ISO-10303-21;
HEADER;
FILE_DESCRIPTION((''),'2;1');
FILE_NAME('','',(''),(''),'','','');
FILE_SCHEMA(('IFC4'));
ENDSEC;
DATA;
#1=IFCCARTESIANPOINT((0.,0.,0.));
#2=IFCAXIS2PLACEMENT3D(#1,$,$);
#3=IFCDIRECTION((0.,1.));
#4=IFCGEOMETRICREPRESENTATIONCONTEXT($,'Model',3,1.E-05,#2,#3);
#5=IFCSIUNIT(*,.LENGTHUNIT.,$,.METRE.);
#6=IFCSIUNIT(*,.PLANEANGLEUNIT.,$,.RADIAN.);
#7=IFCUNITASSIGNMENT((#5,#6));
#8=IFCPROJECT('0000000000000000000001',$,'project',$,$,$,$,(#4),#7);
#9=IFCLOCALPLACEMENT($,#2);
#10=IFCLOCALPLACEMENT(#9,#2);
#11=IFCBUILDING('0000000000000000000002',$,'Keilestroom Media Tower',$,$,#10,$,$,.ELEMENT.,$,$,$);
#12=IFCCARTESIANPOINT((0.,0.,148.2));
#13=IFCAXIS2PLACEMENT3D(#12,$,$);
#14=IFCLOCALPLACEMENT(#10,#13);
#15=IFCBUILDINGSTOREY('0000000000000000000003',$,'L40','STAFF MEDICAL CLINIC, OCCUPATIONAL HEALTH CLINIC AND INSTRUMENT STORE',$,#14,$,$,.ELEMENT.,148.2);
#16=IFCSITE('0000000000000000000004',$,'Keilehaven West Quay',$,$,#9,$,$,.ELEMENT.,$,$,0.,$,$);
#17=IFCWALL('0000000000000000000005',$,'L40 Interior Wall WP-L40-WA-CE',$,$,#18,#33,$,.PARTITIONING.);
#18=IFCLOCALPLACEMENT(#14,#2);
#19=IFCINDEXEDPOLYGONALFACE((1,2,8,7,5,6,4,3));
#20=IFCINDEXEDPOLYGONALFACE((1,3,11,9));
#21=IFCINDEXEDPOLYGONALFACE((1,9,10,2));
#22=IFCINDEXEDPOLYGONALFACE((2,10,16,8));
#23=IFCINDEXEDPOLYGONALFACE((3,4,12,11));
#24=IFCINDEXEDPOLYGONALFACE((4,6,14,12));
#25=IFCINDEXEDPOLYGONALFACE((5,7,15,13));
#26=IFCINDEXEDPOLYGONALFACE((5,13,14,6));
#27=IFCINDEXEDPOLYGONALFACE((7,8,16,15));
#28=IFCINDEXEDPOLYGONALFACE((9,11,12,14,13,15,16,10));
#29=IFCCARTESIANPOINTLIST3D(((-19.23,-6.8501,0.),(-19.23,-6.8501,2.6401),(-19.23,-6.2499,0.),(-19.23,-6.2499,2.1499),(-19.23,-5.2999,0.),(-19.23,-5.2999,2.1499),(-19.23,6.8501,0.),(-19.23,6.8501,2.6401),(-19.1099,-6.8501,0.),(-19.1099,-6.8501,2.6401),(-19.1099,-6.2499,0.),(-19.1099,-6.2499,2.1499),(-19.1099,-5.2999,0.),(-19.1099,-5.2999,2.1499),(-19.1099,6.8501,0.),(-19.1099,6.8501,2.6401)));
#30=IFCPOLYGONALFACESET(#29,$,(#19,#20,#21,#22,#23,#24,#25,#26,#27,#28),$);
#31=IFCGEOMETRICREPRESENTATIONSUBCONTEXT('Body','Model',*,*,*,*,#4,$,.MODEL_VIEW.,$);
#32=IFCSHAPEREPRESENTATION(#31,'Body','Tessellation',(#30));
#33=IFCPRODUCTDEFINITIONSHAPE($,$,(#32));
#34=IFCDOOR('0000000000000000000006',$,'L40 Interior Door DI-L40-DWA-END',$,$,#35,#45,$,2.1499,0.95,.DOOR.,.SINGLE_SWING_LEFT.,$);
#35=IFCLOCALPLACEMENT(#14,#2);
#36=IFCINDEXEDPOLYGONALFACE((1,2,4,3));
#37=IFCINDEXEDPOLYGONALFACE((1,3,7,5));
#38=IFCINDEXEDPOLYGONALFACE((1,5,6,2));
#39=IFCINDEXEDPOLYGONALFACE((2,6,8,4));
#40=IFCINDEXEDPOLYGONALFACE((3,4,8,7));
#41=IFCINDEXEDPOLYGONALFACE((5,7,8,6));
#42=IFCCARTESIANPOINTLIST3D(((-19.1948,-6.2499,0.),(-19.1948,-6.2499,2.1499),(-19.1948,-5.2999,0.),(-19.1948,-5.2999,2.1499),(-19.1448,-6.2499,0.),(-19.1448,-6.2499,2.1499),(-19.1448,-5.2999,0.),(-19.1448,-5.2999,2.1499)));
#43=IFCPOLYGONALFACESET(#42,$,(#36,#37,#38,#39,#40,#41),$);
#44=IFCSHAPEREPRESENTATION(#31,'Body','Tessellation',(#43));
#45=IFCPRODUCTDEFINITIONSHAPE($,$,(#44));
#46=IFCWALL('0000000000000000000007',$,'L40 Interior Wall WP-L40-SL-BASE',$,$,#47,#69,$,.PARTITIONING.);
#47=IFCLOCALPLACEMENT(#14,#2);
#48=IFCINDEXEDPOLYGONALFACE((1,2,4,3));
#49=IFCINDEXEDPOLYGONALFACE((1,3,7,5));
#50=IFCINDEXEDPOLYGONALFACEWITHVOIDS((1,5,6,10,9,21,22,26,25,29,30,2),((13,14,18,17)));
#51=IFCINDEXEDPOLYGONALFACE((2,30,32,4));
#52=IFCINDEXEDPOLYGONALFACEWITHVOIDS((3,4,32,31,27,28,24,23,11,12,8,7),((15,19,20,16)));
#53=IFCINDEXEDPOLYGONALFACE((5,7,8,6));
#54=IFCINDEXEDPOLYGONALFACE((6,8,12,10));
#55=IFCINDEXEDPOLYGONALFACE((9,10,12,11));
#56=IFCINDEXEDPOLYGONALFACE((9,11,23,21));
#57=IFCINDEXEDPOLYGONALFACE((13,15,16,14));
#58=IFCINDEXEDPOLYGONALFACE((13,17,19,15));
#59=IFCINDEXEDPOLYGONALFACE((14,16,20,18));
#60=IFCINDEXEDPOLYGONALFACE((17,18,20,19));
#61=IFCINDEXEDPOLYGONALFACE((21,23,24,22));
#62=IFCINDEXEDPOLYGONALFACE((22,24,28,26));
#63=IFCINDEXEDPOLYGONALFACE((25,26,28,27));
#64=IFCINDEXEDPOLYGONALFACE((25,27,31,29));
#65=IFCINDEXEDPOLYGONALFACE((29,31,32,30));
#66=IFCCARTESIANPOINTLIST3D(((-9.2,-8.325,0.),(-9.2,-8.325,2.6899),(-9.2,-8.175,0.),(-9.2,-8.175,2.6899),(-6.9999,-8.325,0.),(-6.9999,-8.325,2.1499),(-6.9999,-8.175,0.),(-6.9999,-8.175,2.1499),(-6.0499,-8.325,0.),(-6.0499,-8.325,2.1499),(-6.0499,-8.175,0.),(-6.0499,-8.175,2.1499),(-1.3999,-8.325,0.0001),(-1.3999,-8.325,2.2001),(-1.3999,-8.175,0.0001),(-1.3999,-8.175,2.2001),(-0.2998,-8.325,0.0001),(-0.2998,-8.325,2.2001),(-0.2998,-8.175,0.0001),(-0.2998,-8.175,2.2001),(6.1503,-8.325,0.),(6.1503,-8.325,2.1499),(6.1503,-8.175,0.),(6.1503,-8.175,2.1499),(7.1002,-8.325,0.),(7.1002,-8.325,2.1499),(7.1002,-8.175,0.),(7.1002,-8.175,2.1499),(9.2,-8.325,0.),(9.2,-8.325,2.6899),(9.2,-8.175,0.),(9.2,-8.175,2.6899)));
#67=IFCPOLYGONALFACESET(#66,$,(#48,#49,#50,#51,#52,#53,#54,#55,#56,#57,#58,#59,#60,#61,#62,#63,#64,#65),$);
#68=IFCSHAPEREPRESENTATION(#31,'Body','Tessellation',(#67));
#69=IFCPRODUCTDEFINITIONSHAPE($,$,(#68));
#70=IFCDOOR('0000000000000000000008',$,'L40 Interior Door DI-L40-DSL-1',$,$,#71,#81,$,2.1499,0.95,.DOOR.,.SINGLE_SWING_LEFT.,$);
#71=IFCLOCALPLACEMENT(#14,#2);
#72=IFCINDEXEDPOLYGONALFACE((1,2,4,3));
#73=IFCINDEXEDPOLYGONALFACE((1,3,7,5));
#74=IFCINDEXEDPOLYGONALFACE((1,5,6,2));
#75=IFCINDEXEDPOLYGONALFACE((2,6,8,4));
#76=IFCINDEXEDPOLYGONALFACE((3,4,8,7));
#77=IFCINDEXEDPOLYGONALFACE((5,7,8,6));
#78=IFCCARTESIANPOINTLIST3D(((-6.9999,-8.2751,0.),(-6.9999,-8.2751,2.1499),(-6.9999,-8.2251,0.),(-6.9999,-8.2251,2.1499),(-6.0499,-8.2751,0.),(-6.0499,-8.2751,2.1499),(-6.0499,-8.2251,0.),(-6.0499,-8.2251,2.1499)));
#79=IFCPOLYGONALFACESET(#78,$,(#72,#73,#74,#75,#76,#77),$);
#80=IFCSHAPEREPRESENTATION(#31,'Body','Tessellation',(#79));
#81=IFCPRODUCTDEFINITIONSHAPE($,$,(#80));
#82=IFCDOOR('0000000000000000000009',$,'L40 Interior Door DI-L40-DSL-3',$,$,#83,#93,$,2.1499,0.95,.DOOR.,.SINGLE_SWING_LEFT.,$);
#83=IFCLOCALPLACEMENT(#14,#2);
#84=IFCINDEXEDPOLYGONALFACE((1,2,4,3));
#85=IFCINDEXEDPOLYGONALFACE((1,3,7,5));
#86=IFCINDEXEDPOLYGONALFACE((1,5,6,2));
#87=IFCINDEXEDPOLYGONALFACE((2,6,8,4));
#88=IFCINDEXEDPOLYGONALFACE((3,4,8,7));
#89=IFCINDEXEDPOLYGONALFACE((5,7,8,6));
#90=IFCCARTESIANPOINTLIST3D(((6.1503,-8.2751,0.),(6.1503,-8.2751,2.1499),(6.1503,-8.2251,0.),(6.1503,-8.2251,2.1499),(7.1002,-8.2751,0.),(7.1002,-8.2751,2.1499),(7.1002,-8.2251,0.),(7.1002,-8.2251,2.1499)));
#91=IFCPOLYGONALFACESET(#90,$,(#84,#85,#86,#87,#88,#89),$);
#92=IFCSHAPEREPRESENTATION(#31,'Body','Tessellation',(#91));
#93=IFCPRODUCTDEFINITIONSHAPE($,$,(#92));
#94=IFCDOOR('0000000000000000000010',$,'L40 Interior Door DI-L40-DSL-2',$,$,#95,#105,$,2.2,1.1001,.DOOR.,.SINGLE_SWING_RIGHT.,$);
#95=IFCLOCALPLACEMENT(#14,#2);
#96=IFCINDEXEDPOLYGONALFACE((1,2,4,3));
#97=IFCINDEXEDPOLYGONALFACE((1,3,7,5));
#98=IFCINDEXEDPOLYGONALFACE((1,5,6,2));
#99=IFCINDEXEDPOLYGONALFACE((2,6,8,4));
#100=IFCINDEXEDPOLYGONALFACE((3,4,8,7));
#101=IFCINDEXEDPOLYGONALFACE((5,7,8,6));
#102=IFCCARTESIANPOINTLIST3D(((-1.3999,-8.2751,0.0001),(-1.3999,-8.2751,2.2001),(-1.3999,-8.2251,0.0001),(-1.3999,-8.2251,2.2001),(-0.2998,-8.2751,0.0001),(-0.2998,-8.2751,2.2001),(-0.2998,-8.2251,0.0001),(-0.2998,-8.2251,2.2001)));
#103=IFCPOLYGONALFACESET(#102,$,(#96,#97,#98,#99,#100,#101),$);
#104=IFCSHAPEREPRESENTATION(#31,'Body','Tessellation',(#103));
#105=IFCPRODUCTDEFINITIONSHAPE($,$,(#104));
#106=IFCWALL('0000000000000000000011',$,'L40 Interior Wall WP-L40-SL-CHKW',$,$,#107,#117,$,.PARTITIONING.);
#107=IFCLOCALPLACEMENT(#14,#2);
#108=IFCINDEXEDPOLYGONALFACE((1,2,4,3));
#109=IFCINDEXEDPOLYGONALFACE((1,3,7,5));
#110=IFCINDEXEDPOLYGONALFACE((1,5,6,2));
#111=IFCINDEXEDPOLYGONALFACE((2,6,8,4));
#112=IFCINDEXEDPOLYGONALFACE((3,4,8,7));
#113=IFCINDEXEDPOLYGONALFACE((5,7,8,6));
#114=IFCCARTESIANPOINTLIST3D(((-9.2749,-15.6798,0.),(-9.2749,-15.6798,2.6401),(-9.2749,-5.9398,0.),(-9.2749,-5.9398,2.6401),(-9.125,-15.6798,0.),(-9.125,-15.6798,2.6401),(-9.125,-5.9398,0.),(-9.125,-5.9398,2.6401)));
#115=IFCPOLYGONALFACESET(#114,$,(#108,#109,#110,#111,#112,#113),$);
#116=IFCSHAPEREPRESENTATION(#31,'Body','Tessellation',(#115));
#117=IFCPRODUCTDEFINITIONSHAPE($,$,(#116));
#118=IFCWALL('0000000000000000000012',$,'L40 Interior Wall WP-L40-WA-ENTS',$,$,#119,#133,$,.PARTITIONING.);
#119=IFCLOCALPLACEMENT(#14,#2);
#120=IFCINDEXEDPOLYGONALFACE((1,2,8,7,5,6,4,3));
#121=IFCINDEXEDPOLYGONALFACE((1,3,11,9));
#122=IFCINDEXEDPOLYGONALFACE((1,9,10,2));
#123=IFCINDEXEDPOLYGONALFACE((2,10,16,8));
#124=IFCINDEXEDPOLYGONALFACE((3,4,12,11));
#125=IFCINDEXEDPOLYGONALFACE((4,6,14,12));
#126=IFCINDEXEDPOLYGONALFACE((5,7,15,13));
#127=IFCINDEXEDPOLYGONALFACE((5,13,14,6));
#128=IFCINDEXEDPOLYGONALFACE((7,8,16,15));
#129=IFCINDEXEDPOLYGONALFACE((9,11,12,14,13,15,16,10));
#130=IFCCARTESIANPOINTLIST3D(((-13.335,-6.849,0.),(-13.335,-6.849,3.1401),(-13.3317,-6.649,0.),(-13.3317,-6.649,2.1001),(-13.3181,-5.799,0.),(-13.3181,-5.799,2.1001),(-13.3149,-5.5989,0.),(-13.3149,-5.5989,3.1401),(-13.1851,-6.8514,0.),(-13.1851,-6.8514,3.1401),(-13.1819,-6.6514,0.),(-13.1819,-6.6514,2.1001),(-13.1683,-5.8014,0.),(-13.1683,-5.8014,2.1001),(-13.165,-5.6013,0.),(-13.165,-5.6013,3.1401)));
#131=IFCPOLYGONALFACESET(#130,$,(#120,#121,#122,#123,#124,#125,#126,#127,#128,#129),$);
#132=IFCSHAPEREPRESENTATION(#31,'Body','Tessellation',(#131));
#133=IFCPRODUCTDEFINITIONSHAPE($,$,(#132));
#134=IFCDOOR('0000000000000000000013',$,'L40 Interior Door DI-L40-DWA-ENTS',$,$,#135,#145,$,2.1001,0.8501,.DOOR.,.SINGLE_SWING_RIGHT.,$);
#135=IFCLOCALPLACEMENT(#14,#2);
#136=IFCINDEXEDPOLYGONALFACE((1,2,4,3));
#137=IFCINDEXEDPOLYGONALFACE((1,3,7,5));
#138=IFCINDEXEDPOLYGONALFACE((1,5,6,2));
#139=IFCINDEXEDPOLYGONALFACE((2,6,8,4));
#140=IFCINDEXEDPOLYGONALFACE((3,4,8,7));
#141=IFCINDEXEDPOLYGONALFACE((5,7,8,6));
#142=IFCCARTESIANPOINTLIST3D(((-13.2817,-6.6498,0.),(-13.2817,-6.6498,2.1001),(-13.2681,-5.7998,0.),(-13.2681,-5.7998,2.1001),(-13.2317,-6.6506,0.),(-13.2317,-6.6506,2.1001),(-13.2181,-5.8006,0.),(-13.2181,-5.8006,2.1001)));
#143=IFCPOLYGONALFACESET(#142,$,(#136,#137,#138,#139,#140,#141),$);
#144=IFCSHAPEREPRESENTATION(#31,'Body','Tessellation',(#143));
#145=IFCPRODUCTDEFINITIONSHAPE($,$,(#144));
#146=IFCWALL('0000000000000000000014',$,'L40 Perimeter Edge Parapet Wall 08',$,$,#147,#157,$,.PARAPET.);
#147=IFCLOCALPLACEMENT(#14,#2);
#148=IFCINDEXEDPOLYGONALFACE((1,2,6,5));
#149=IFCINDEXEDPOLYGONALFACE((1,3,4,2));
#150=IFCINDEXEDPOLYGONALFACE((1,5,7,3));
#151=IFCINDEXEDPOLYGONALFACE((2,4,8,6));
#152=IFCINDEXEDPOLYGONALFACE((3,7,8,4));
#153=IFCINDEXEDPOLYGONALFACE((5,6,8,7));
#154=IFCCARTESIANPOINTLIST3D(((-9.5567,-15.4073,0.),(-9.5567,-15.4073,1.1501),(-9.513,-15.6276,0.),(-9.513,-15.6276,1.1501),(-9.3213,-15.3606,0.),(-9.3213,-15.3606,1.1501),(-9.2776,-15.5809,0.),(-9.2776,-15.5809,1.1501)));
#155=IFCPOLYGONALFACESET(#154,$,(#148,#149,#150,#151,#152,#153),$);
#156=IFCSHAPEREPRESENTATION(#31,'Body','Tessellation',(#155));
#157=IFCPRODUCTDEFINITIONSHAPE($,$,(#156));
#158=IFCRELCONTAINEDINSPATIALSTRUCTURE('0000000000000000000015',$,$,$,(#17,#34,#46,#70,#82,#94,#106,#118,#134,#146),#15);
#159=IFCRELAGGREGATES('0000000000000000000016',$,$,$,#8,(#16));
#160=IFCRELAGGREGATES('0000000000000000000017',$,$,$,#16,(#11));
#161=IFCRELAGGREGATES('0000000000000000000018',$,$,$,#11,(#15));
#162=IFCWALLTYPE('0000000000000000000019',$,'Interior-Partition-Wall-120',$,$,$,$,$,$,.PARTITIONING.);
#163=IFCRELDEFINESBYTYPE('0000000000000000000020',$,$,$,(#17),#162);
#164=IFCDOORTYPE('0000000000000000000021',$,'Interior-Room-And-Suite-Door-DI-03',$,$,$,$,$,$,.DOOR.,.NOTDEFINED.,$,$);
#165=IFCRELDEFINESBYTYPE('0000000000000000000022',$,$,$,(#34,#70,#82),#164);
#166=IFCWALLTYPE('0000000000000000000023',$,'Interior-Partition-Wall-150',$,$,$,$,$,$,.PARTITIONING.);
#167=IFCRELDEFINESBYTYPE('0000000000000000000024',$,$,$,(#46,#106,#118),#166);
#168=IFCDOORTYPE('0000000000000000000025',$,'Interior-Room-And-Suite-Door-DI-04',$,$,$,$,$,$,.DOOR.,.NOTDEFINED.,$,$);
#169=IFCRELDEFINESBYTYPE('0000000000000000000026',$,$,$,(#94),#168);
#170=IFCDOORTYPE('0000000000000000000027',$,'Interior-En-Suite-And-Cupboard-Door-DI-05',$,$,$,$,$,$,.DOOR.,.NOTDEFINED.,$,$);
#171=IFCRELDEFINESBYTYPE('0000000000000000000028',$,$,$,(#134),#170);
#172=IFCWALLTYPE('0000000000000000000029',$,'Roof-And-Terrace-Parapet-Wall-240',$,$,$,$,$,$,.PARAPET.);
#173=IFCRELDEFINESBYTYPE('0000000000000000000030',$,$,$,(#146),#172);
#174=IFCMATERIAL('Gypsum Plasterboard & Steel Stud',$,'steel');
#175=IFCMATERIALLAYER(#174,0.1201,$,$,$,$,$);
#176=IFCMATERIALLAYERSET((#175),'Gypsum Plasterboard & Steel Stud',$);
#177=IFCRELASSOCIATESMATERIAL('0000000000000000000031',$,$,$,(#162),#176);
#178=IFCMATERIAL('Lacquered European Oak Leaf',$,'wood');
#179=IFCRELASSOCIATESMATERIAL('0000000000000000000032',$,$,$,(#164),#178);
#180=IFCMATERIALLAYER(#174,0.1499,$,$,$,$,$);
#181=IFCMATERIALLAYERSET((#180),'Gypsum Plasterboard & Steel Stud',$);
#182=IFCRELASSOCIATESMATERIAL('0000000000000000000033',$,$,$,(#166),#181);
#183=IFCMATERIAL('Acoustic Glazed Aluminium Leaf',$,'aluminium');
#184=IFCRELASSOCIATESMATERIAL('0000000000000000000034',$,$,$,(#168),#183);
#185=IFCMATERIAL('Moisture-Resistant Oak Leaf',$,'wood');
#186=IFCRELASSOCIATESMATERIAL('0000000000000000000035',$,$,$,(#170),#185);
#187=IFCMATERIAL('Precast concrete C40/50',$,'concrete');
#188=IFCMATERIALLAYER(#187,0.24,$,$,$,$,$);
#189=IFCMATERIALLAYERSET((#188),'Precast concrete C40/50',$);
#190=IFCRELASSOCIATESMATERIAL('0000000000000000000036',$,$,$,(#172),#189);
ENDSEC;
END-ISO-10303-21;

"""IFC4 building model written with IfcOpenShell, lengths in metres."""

from ifc_helpers import new_model, si_unit, direction, frame, frame_2d, origin, place, context, subcontext, project, spatial, rectangle, extrude, source, transform, mapped, material, layer, layer_set, type_object, element, fill, save


model = new_model("IFC4")

# Units and contexts
model_context = context("Model", 3, precision=1e-05, world=origin(), true_north=direction((0.0, 1.0)))
body_context = subcontext(model_context, "Body", "Model", "MODEL_VIEW")
ifc_project = project(units=[si_unit("LENGTHUNIT", "METRE"), si_unit("PLANEANGLEUNIT", "RADIAN")], contexts=[model_context])

# Site, building, storey
site_placement = place(None, origin())
site = spatial("IfcSite", under=ifc_project, at=site_placement, Name="Keilehaven West Quay", CompositionType="ELEMENT", RefElevation=0.0)
building_placement = place(site_placement, origin())
building = spatial("IfcBuilding", under=site, at=building_placement, Name="Keilestroom Media Tower", CompositionType="ELEMENT")
storey_placement = place(building_placement, frame((0.0, 0.0, 148.2)))
storey = spatial("IfcBuildingStorey", under=building, at=storey_placement, Name="L40", Description="STAFF MEDICAL CLINIC, OCCUPATIONAL HEALTH CLINIC AND INSTRUMENT STORE", CompositionType="ELEMENT", Elevation=148.2)

# Shared definitions
ifc_material_1 = material(Name="Precast concrete C40/50", Category="concrete")

# Wall, opening, door
ifc_material_2 = material(Name="Gypsum Plasterboard & Steel Stud", Category="steel")
ifc_layer_1 = layer(ifc_material_2, 0.1201)
ifc_layer_set_1 = layer_set([ifc_layer_1], Name="Gypsum Plasterboard & Steel Stud")
wall_type_1 = type_object("IfcWallType", Name="Interior-Partition-Wall-120", PredefinedType="PARTITIONING", material=ifc_layer_set_1)
wall_1_placement = place(storey_placement, frame((-19.1699, -6.8501, 0.0), z_axis=(0.0, 0.0, 1.0), x_axis=(0.0, 1.0, 0.0)))
wall_1 = element("IfcWall", 1, at=wall_1_placement, inside=storey, type_object=wall_type_1, Name="L40 Interior Wall WP-L40-WA-CE", PredefinedType="PARTITIONING", context=body_context, shape_type="SweptSolid", body=[
    extrude(rectangle(XDim=13.7002, YDim=0.1201, at=frame_2d((6.8501, 0.0))), origin(), (0.0, 0.0, 1.0), 2.6401),
])
opening_1_placement = place(wall_1_placement, frame((0.6001, 0.0, 0.0)))
opening_1 = element("IfcOpeningElement", 2, at=opening_1_placement, cuts=wall_1, PredefinedType="OPENING", context=body_context, shape_type="SweptSolid", body=[
    extrude(rectangle(XDim=0.95, YDim=2.1499, at=frame_2d((0.4751, 1.075))), frame((0.0, 0.0701, 0.0), z_axis=(0.0, -1.0, 0.0), x_axis=(1.0, 0.0, 0.0)), (0.0, 0.0, 1.0), 0.1401),
])
ifc_material_3 = material(Name="Lacquered European Oak Leaf", Category="wood")
door_type_1 = type_object("IfcDoorType", Name="Interior-Room-And-Suite-Door-DI-03", OperationType="NOTDEFINED", PredefinedType="DOOR", material=ifc_material_3)
shared_shape_1 = source(origin(), body_context, "Body", "SweptSolid", [
    extrude(rectangle(XDim=0.95, YDim=2.1499, at=frame_2d((0.4751, 1.075))), frame((0.0, 0.0249, 0.0), z_axis=(0.0, -1.0, 0.0), x_axis=(1.0, 0.0, 0.0)), (0.0, 0.0, 1.0), 0.05),
])
door_1_placement = place(opening_1_placement, origin())
door_1 = element("IfcDoor", 3, at=door_1_placement, inside=storey, type_object=door_type_1, Name="L40 Interior Door DI-L40-DWA-END", OperationType="SINGLE_SWING_LEFT", OverallHeight=2.1499, OverallWidth=0.95, PredefinedType="DOOR", context=body_context, shape_type="MappedRepresentation", body=[
    mapped(shared_shape_1, transform((0.0, 0.0, 0.0), x_axis=(1.0, 0.0, 0.0), y_axis=(0.0, 1.0, 0.0), z_axis=(0.0, 0.0, 1.0), scale=1.0)),
])
fill(opening_1, door_1)

# Wall, openings, doors
ifc_layer_2 = layer(ifc_material_2, 0.1499)
ifc_layer_set_2 = layer_set([ifc_layer_2], Name="Gypsum Plasterboard & Steel Stud")
wall_type_2 = type_object("IfcWallType", Name="Interior-Partition-Wall-150", PredefinedType="PARTITIONING", material=ifc_layer_set_2)
wall_2_placement = place(storey_placement, frame((-9.2, -8.25, 0.0), z_axis=(0.0, 0.0, 1.0), x_axis=(1.0, 0.0, 0.0)))
wall_2 = element("IfcWall", 4, at=wall_2_placement, inside=storey, type_object=wall_type_2, Name="L40 Interior Wall WP-L40-SL-BASE", PredefinedType="PARTITIONING", context=body_context, shape_type="SweptSolid", body=[
    extrude(rectangle(XDim=18.3999, YDim=0.1499, at=frame_2d((9.2, 0.0))), origin(), (0.0, 0.0, 1.0), 2.6899),
])
opening_2_placement = place(wall_2_placement, frame((2.2, 0.0, 0.0)))
opening_2 = element("IfcOpeningElement", 5, at=opening_2_placement, cuts=wall_2, PredefinedType="OPENING", context=body_context, shape_type="SweptSolid", body=[
    extrude(rectangle(XDim=0.95, YDim=2.1499, at=frame_2d((0.4751, 1.075))), frame((0.0, 0.085, 0.0), z_axis=(0.0, -1.0, 0.0), x_axis=(1.0, 0.0, 0.0)), (0.0, 0.0, 1.0), 0.1699),
])
opening_3_placement = place(wall_2_placement, frame((7.8, 0.0, 0.0)))
opening_3 = element("IfcOpeningElement", 6, at=opening_3_placement, cuts=wall_2, PredefinedType="OPENING", context=body_context, shape_type="SweptSolid", body=[
    extrude(rectangle(XDim=1.1001, YDim=2.2, at=frame_2d((0.55, 1.1001))), frame((0.0, 0.085, 0.0), z_axis=(0.0, -1.0, 0.0), x_axis=(1.0, 0.0, 0.0)), (0.0, 0.0, 1.0), 0.1699),
])
opening_4_placement = place(wall_2_placement, frame((15.3501, 0.0, 0.0)))
opening_4 = element("IfcOpeningElement", 7, at=opening_4_placement, cuts=wall_2, PredefinedType="OPENING", context=body_context, shape_type="SweptSolid", body=[
    extrude(rectangle(XDim=0.95, YDim=2.1499, at=frame_2d((0.4751, 1.075))), frame((0.0, 0.085, 0.0), z_axis=(0.0, -1.0, 0.0), x_axis=(1.0, 0.0, 0.0)), (0.0, 0.0, 1.0), 0.1699),
])
door_2_placement = place(opening_2_placement, origin())
door_2 = element("IfcDoor", 8, at=door_2_placement, inside=storey, type_object=door_type_1, Name="L40 Interior Door DI-L40-DSL-1", OperationType="SINGLE_SWING_LEFT", OverallHeight=2.1499, OverallWidth=0.95, PredefinedType="DOOR", context=body_context, shape_type="MappedRepresentation", body=[
    mapped(shared_shape_1, transform((0.0, 0.0, 0.0), x_axis=(1.0, 0.0, 0.0), y_axis=(0.0, 1.0, 0.0), z_axis=(0.0, 0.0, 1.0), scale=1.0)),
])
fill(opening_2, door_2)
door_3_placement = place(opening_4_placement, origin())
door_3 = element("IfcDoor", 9, at=door_3_placement, inside=storey, type_object=door_type_1, Name="L40 Interior Door DI-L40-DSL-3", OperationType="SINGLE_SWING_LEFT", OverallHeight=2.1499, OverallWidth=0.95, PredefinedType="DOOR", context=body_context, shape_type="MappedRepresentation", body=[
    mapped(shared_shape_1, transform((0.0, 0.0, 0.0), x_axis=(1.0, 0.0, 0.0), y_axis=(0.0, 1.0, 0.0), z_axis=(0.0, 0.0, 1.0), scale=1.0)),
])
fill(opening_4, door_3)
ifc_material_4 = material(Name="Acoustic Glazed Aluminium Leaf", Category="aluminium")
door_type_2 = type_object("IfcDoorType", Name="Interior-Room-And-Suite-Door-DI-04", OperationType="NOTDEFINED", PredefinedType="DOOR", material=ifc_material_4)
shared_shape_2 = source(origin(), body_context, "Body", "SweptSolid", [
    extrude(rectangle(XDim=1.1001, YDim=2.2, at=frame_2d((0.55, 1.1001))), frame((0.0, 0.0249, 0.0), z_axis=(0.0, -1.0, 0.0), x_axis=(1.0, 0.0, 0.0)), (0.0, 0.0, 1.0), 0.05),
])
door_4_placement = place(opening_3_placement, origin())
door_4 = element("IfcDoor", 10, at=door_4_placement, inside=storey, type_object=door_type_2, Name="L40 Interior Door DI-L40-DSL-2", OperationType="SINGLE_SWING_RIGHT", OverallHeight=2.2, OverallWidth=1.1001, PredefinedType="DOOR", context=body_context, shape_type="MappedRepresentation", body=[
    mapped(shared_shape_2, transform((0.0, 0.0, 0.0), x_axis=(1.0, 0.0, 0.0), y_axis=(0.0, 1.0, 0.0), z_axis=(0.0, 0.0, 1.0), scale=1.0)),
])
fill(opening_3, door_4)

# Wall
wall_3_placement = place(storey_placement, frame((-9.2, -15.6799, 0.0), z_axis=(0.0, 0.0, 1.0), x_axis=(0.0, 1.0, 0.0)))
element("IfcWall", 11, at=wall_3_placement, inside=storey, type_object=wall_type_2, Name="L40 Interior Wall WP-L40-SL-CHKW", PredefinedType="PARTITIONING", context=body_context, shape_type="SweptSolid", body=[
    extrude(rectangle(XDim=9.74, YDim=0.1499, at=frame_2d((4.8701, 0.0))), origin(), (0.0, 0.0, 1.0), 2.6401),
])

# Wall, opening, door
wall_4_placement = place(storey_placement, frame((-13.26, -6.8501, 0.0), z_axis=(0.0, 0.0, 1.0), x_axis=(0.016014, 0.999872, 0.0)))
wall_4 = element("IfcWall", 12, at=wall_4_placement, inside=storey, type_object=wall_type_2, Name="L40 Interior Wall WP-L40-WA-ENTS", PredefinedType="PARTITIONING", context=body_context, shape_type="SweptSolid", body=[
    extrude(rectangle(XDim=1.2502, YDim=0.1499, at=frame_2d((0.625, 0.0))), origin(), (0.0, 0.0, 1.0), 3.1401),
])
opening_5_placement = place(wall_4_placement, frame((0.2, 0.0, 0.0)))
opening_5 = element("IfcOpeningElement", 13, at=opening_5_placement, cuts=wall_4, PredefinedType="OPENING", context=body_context, shape_type="SweptSolid", body=[
    extrude(rectangle(XDim=0.8501, YDim=2.1001, at=frame_2d((0.425, 1.05))), frame((0.0, 0.085, 0.0), z_axis=(0.0, -1.0, 0.0), x_axis=(1.0, 0.0, 0.0)), (0.0, 0.0, 1.0), 0.1699),
])
ifc_material_5 = material(Name="Moisture-Resistant Oak Leaf", Category="wood")
door_type_3 = type_object("IfcDoorType", Name="Interior-En-Suite-And-Cupboard-Door-DI-05", OperationType="NOTDEFINED", PredefinedType="DOOR", material=ifc_material_5)
shared_shape_3 = source(origin(), body_context, "Body", "SweptSolid", [
    extrude(rectangle(XDim=0.8501, YDim=2.1001, at=frame_2d((0.425, 1.05))), frame((0.0, 0.0249, 0.0), z_axis=(0.0, -1.0, 0.0), x_axis=(1.0, 0.0, 0.0)), (0.0, 0.0, 1.0), 0.05),
])
door_5_placement = place(opening_5_placement, origin())
door_5 = element("IfcDoor", 14, at=door_5_placement, inside=storey, type_object=door_type_3, Name="L40 Interior Door DI-L40-DWA-ENTS", OperationType="SINGLE_SWING_RIGHT", OverallHeight=2.1001, OverallWidth=0.8501, PredefinedType="DOOR", context=body_context, shape_type="MappedRepresentation", body=[
    mapped(shared_shape_3, transform((0.0, 0.0, 0.0), x_axis=(1.0, 0.0, 0.0), y_axis=(0.0, 1.0, 0.0), z_axis=(0.0, 0.0, 1.0), scale=1.0)),
])
fill(opening_5, door_5)

# Wall
ifc_layer_3 = layer(ifc_material_1, 0.24)
ifc_layer_set_3 = layer_set([ifc_layer_3], Name="Precast concrete C40/50")
wall_type_3 = type_object("IfcWallType", Name="Roof-And-Terrace-Parapet-Wall-240", PredefinedType="PARAPET", material=ifc_layer_set_3)
wall_5_placement = place(storey_placement, frame((-9.3953, -15.6042, 0.0), z_axis=(0.0, 0.0, 1.0), x_axis=(-0.194652, 0.980872, 0.0)))
element("IfcWall", 15, at=wall_5_placement, inside=storey, type_object=wall_type_3, Name="L40 Perimeter Edge Parapet Wall 08", PredefinedType="PARAPET", context=body_context, shape_type="SweptSolid", body=[
    extrude(rectangle(XDim=0.2246, YDim=0.24, at=frame_2d((0.1123, 0.0))), origin(), (0.0, 0.0, 1.0), 1.1501),
])

save(model, "model.ifc")
